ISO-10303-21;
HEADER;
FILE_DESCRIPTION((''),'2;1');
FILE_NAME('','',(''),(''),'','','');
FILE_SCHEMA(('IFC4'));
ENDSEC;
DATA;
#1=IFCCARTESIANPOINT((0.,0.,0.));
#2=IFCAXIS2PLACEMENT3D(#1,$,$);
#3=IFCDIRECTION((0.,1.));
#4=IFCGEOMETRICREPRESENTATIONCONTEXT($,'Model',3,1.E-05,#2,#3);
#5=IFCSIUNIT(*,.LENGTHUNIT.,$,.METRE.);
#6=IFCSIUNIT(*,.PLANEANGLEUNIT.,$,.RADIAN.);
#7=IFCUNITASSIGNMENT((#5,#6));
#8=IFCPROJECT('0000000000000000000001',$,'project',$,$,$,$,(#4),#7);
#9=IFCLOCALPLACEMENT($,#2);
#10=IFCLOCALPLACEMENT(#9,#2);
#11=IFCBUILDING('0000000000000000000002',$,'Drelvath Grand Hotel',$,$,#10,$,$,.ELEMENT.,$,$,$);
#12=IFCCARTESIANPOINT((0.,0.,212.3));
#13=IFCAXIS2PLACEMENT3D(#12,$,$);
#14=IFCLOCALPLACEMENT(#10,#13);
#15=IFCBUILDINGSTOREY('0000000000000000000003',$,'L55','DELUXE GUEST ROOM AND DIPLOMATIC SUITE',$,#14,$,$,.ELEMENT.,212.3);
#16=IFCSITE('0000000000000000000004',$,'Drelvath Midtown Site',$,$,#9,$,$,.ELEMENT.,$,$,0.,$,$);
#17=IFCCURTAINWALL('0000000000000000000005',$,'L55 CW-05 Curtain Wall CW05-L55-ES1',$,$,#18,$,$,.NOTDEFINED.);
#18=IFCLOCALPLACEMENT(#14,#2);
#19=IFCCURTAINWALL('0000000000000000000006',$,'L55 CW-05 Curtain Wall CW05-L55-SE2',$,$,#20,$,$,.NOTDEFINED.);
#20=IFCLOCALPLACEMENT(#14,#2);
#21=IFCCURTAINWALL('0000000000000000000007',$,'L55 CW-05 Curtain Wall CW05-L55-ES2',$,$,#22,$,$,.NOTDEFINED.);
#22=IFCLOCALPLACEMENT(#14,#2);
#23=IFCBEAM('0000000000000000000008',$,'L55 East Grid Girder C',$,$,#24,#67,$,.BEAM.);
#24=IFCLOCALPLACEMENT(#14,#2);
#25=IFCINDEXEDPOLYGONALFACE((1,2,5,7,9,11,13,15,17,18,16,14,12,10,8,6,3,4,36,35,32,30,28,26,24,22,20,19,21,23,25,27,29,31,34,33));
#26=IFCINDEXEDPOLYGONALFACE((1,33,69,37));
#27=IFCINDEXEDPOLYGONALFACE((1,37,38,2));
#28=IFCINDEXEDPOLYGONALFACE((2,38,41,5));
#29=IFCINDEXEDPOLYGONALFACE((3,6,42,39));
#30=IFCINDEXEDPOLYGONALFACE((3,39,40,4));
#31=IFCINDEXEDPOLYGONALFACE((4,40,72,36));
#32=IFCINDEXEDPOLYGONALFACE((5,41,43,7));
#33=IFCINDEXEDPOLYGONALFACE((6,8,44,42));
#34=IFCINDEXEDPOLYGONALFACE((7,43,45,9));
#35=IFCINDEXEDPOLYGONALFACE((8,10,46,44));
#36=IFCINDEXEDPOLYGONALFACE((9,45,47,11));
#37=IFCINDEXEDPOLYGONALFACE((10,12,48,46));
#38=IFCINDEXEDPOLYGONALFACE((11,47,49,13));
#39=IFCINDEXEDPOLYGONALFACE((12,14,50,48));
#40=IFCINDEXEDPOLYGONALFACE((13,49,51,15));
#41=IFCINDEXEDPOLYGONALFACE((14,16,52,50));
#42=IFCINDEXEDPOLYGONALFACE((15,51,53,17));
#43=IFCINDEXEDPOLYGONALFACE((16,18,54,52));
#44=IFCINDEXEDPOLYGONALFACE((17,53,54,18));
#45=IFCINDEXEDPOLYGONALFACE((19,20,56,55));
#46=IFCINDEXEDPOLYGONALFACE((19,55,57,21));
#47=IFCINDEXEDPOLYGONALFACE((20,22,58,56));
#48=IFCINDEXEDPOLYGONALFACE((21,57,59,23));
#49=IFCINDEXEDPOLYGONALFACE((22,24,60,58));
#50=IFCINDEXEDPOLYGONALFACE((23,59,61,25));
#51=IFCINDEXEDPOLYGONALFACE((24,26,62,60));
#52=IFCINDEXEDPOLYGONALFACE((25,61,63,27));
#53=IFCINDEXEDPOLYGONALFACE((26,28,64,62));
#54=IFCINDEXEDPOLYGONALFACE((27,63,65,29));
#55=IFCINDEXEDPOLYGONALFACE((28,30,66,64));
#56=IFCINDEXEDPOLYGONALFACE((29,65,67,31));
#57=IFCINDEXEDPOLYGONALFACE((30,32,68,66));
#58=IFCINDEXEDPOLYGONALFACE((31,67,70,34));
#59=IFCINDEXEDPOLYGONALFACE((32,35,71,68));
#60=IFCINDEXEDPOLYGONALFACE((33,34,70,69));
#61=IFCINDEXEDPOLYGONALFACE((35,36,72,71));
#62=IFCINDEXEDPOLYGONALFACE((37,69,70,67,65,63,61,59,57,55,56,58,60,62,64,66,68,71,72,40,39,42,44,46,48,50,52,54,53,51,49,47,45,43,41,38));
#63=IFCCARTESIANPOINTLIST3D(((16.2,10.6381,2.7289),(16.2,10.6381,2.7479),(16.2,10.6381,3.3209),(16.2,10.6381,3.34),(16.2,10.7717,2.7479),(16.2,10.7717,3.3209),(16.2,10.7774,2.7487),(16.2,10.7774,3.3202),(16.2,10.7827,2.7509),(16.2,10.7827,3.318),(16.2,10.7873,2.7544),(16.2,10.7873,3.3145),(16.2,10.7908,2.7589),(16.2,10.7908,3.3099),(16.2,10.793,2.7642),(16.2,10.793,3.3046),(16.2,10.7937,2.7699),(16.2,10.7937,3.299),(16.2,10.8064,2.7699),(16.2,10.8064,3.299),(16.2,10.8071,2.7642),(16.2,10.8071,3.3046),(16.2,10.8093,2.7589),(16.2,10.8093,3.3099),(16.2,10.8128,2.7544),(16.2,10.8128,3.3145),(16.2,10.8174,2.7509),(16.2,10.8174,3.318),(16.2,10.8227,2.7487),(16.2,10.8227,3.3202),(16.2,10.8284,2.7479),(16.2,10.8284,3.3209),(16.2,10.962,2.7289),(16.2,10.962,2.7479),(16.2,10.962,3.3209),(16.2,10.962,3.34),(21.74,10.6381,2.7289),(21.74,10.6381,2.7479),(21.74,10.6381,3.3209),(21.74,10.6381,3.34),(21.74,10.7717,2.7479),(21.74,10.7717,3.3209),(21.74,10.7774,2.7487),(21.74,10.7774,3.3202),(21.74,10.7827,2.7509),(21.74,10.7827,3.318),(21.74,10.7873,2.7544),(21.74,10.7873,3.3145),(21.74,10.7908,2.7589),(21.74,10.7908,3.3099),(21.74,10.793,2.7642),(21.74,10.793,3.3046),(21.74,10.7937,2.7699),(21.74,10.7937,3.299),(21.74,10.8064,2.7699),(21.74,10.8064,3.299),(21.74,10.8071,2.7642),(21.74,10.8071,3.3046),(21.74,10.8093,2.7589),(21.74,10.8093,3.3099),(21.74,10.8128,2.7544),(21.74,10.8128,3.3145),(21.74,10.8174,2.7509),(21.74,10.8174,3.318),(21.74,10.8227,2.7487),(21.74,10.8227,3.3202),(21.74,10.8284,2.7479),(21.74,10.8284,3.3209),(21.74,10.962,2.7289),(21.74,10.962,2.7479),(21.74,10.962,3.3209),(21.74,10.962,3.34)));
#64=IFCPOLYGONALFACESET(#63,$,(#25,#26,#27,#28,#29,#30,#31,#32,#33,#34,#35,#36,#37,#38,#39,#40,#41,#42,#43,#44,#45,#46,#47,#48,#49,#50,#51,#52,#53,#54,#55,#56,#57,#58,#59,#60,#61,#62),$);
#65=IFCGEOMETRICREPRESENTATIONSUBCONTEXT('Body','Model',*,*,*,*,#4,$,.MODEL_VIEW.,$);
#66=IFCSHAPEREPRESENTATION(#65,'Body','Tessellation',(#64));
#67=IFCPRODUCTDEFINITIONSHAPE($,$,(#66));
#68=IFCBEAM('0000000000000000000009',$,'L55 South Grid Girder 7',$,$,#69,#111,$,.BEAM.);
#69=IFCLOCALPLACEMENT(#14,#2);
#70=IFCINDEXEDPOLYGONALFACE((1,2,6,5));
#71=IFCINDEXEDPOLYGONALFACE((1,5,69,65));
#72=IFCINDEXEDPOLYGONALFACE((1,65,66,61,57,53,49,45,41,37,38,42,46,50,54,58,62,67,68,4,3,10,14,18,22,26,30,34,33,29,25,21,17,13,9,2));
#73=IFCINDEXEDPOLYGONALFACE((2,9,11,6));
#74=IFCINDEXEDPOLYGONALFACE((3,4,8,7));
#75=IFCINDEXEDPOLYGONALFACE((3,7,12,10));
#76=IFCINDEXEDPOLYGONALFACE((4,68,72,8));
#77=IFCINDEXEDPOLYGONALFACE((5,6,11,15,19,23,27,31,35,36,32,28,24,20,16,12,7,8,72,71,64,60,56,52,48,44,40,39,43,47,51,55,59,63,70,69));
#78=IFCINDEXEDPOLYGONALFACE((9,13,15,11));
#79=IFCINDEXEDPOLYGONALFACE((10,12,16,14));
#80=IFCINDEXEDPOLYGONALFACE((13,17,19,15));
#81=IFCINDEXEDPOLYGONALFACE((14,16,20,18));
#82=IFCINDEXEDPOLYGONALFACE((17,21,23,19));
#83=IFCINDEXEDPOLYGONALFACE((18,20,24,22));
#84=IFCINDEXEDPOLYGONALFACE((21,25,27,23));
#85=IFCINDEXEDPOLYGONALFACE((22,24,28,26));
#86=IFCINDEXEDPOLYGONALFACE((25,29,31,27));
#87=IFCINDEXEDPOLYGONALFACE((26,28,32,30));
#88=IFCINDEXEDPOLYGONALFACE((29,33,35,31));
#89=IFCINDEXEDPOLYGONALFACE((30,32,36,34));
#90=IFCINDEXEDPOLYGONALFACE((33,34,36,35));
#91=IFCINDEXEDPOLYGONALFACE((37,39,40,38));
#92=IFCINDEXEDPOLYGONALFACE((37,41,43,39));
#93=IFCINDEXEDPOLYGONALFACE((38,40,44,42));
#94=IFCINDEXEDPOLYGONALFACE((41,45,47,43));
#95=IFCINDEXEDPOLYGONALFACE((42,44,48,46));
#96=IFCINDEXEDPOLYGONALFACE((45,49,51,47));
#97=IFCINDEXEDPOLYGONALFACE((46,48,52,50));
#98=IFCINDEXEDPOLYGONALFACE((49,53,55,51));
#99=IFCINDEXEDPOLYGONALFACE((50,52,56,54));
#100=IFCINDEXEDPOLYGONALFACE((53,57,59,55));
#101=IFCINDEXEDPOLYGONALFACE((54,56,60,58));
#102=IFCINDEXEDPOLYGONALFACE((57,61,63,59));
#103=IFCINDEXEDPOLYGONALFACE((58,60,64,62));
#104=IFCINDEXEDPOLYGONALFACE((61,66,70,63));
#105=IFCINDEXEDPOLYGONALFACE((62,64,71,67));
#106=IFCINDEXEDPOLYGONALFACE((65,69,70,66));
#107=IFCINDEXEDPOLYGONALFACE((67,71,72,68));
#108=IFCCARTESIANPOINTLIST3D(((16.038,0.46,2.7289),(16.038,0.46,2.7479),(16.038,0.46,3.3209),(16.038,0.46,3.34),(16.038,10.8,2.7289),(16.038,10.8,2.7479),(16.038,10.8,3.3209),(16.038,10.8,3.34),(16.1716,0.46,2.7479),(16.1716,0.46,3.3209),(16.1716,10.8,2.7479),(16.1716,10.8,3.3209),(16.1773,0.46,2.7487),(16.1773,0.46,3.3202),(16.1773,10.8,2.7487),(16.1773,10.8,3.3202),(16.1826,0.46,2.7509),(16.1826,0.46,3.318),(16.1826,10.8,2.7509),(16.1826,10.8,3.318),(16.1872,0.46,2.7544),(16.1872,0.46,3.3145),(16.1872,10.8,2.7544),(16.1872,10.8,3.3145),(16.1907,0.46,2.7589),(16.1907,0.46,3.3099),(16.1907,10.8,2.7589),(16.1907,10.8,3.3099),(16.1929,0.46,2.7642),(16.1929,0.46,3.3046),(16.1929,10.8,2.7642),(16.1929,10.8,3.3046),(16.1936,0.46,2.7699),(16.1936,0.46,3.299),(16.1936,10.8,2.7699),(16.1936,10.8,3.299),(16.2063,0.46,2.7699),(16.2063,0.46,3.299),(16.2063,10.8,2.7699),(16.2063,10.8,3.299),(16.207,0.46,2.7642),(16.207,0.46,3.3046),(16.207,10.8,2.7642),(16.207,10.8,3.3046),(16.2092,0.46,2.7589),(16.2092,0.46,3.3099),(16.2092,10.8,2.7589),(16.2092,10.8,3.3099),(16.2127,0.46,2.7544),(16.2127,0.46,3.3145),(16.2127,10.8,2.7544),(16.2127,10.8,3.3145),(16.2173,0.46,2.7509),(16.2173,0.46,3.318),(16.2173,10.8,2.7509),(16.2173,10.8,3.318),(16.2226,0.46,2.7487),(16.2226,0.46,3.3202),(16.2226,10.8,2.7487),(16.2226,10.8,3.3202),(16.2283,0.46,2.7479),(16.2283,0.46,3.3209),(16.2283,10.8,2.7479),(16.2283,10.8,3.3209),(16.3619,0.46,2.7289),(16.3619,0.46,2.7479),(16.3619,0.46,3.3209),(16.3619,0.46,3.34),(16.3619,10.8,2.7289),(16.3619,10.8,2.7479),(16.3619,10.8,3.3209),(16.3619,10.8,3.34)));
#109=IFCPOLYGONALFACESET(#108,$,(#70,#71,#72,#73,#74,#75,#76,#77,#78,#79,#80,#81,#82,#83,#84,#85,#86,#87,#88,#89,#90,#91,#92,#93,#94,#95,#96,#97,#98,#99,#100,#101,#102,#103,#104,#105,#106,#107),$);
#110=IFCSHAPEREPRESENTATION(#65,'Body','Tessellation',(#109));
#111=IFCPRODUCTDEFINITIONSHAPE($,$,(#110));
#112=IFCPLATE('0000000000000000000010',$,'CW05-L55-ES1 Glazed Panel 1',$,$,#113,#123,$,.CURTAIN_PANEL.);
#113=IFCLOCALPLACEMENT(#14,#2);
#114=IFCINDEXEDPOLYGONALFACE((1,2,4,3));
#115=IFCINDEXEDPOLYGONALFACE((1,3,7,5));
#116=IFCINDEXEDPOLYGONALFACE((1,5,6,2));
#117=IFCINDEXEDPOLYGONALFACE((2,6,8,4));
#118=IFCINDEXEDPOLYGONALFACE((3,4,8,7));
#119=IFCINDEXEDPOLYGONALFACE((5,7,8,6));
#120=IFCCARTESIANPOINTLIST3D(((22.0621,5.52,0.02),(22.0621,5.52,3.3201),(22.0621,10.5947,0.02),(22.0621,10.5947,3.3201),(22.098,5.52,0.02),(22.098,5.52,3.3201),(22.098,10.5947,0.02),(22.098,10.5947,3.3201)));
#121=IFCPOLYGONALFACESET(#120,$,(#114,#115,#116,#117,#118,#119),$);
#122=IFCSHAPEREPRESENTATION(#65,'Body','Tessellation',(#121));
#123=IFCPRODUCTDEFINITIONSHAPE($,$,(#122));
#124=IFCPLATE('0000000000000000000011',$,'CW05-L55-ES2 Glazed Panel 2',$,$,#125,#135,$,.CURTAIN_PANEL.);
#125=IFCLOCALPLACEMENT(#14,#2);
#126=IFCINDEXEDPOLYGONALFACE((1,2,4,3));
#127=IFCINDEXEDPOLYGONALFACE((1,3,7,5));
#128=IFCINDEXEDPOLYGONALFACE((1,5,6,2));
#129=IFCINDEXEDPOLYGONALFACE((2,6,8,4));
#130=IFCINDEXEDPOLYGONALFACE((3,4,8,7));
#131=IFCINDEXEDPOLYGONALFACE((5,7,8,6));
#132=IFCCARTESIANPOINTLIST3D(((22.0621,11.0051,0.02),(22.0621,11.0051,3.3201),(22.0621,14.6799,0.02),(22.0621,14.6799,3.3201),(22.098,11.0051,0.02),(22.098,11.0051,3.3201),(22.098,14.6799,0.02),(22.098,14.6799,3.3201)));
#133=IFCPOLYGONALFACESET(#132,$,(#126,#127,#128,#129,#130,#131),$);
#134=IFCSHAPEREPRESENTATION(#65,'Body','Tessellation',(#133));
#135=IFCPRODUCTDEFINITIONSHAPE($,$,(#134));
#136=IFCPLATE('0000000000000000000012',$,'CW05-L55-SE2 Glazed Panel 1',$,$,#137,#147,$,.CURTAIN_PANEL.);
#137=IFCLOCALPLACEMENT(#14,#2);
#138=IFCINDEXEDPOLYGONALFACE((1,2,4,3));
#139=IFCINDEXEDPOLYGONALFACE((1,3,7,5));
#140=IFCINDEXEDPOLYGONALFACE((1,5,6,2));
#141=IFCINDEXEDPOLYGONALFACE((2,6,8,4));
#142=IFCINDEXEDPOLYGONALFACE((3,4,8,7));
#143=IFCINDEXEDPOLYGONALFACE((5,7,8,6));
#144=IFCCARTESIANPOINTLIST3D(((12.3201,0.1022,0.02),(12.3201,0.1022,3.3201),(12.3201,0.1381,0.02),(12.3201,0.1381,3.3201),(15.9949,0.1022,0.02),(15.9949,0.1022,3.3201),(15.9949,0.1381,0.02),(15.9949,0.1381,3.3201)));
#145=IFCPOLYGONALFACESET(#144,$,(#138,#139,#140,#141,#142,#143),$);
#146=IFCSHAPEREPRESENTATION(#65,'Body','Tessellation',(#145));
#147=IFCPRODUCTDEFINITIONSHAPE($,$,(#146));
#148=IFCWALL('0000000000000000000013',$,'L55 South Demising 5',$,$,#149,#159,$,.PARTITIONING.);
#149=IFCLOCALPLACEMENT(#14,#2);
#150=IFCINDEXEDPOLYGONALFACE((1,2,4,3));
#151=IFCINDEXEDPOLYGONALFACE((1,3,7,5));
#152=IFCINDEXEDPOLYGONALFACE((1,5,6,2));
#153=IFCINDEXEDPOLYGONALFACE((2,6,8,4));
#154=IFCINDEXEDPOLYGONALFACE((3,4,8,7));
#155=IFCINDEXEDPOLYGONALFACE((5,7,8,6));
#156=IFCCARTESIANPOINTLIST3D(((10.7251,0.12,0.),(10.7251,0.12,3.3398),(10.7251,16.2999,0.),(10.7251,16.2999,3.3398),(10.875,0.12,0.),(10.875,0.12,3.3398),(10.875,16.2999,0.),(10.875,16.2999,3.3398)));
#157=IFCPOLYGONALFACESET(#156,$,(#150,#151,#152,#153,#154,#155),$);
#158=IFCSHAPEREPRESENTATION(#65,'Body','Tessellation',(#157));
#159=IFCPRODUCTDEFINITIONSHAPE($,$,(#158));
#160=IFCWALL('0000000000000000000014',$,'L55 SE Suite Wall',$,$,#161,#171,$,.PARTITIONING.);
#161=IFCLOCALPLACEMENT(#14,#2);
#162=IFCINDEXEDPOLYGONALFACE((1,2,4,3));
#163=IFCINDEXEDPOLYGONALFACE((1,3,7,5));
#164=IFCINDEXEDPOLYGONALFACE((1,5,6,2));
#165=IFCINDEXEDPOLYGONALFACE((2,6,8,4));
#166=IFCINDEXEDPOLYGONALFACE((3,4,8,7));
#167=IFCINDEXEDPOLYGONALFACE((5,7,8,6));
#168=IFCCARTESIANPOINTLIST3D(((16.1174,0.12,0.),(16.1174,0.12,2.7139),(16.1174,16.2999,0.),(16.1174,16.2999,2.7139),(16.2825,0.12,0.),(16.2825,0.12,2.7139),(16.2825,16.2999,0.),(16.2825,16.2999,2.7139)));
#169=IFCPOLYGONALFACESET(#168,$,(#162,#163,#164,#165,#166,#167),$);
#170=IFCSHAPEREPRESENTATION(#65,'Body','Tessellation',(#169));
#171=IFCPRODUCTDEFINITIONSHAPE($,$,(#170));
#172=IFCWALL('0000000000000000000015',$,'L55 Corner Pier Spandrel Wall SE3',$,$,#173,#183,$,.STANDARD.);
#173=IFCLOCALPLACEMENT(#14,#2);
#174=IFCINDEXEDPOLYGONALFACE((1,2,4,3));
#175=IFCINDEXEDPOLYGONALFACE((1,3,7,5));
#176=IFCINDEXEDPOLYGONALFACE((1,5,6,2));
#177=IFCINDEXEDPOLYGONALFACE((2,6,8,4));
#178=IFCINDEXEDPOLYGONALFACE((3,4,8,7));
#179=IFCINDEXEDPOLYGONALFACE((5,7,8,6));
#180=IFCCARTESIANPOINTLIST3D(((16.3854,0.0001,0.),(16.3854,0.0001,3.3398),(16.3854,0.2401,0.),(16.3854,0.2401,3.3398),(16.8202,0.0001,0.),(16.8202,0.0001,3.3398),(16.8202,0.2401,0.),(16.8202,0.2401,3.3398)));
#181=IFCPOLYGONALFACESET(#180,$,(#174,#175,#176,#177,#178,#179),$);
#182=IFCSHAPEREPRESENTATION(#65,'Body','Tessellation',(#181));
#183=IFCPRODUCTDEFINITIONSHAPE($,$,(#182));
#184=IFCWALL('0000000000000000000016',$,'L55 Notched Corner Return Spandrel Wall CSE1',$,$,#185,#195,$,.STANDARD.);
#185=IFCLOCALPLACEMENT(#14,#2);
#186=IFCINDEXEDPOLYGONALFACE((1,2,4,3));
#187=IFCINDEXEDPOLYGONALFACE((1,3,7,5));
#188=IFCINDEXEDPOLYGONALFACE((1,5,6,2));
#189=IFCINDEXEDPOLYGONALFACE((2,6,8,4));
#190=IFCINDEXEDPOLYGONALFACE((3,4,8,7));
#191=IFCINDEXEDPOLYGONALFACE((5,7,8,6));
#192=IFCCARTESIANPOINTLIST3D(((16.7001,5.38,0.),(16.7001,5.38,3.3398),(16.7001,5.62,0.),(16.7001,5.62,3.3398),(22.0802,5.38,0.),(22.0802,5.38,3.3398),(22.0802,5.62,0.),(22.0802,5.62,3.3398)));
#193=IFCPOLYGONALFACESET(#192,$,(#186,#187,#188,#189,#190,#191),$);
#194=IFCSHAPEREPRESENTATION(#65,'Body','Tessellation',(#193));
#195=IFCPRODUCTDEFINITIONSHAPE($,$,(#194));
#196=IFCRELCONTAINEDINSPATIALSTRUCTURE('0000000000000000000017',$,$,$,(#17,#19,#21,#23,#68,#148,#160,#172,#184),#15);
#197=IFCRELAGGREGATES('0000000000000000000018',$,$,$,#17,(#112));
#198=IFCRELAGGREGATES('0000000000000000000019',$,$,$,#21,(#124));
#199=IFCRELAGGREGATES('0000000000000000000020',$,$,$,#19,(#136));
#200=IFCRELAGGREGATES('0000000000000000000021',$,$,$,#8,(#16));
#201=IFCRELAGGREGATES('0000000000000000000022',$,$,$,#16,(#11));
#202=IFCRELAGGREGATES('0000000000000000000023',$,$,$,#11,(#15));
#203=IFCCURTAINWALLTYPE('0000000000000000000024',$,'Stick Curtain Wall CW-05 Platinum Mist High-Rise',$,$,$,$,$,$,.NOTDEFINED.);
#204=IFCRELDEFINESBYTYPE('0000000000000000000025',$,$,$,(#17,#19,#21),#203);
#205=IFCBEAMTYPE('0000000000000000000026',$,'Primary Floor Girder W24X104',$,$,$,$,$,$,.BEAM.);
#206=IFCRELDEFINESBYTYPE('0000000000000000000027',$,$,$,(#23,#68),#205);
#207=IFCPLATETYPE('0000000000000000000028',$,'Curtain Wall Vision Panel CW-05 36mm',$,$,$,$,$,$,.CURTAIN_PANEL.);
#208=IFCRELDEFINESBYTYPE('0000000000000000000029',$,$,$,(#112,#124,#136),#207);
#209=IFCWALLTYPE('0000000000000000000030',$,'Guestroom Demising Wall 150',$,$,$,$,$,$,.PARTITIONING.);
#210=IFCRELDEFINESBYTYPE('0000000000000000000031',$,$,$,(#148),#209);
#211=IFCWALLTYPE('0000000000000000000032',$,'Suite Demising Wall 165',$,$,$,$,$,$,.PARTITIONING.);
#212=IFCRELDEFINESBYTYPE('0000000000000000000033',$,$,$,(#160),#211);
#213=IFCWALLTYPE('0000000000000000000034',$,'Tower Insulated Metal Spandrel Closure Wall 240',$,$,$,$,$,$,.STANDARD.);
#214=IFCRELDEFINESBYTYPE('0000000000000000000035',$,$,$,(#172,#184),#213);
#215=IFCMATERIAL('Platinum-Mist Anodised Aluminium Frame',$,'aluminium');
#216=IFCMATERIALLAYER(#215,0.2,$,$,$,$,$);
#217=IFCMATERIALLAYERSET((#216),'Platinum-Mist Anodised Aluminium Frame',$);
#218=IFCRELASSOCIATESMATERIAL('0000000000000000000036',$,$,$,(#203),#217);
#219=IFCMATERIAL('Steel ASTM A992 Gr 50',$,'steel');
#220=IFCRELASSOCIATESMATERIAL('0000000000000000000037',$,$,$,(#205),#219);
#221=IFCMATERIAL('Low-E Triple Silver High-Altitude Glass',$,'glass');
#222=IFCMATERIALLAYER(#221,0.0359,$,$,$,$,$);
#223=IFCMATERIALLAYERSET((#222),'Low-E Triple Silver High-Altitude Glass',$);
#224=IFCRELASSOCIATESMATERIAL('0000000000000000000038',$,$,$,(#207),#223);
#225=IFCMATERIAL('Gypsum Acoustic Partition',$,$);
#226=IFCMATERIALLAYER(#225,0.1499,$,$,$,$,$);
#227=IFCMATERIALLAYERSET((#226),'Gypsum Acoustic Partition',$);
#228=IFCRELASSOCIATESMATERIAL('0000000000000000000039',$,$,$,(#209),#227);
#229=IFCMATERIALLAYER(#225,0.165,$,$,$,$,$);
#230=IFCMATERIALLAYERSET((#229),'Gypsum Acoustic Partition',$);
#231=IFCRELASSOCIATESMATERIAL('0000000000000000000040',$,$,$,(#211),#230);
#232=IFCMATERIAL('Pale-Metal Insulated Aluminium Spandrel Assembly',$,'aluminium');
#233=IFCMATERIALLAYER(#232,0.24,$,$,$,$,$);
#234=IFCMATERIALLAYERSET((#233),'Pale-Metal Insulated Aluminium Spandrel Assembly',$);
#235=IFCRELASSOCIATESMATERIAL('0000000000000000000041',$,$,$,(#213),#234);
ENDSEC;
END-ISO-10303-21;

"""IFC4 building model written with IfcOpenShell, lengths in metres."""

from ifc_helpers import new_model, si_unit, direction, frame, frame_2d, origin, origin_2d, place, context, subcontext, project, spatial, rectangle, i_section, extrude, material, layer, layer_set, material_profile, profile_set, type_object, element, aggregate, save


model = new_model("IFC4")

# Units and contexts
model_context = context("Model", 3, precision=1e-05, world=origin(), true_north=direction((0.0, 1.0)))
body_context = subcontext(model_context, "Body", "Model", "MODEL_VIEW")
ifc_project = project(units=[si_unit("LENGTHUNIT", "METRE"), si_unit("PLANEANGLEUNIT", "RADIAN")], contexts=[model_context])

# Site, building, storey
site_placement = place(None, origin())
site = spatial("IfcSite", under=ifc_project, at=site_placement, Name="Drelvath Midtown Site", CompositionType="ELEMENT", RefElevation=0.0)
building_placement = place(site_placement, origin())
building = spatial("IfcBuilding", under=site, at=building_placement, Name="Drelvath Grand Hotel", CompositionType="ELEMENT")
storey_placement = place(building_placement, frame((0.0, 0.0, 212.3)))
storey = spatial("IfcBuildingStorey", under=building, at=storey_placement, Name="L55", Description="DELUXE GUEST ROOM AND DIPLOMATIC SUITE", CompositionType="ELEMENT", Elevation=212.3)

# Shared definitions
ifc_material_1 = material(Name="Steel ASTM A992 Gr 50", Category="steel")

# Curtain walls
ifc_material_2 = material(Name="Platinum-Mist Anodised Aluminium Frame", Category="aluminium")
ifc_layer_1 = layer(ifc_material_2, 0.2)
ifc_layer_set_1 = layer_set([ifc_layer_1], Name="Platinum-Mist Anodised Aluminium Frame")
curtain_wall_type = type_object("IfcCurtainWallType", Name="Stick Curtain Wall CW-05 Platinum Mist High-Rise", PredefinedType="NOTDEFINED", material=ifc_layer_set_1)
curtain_wall_1_placement = place(storey_placement, origin())
curtain_wall_1 = element("IfcCurtainWall", 1, at=curtain_wall_1_placement, inside=storey, type_object=curtain_wall_type, Name="L55 CW-05 Curtain Wall CW05-L55-ES1", PredefinedType="NOTDEFINED")
curtain_wall_2_placement = place(storey_placement, origin())
curtain_wall_2 = element("IfcCurtainWall", 2, at=curtain_wall_2_placement, inside=storey, type_object=curtain_wall_type, Name="L55 CW-05 Curtain Wall CW05-L55-SE2", PredefinedType="NOTDEFINED")

# Curtain wall
curtain_wall_3_placement = place(storey_placement, origin())
curtain_wall_3 = element("IfcCurtainWall", 3, at=curtain_wall_3_placement, inside=storey, type_object=curtain_wall_type, Name="L55 CW-05 Curtain Wall CW05-L55-ES2", PredefinedType="NOTDEFINED")

# Beams
ifc_material_profile_1 = material_profile(ifc_material_1, i_section(OverallWidth=0.324, OverallDepth=0.6111, WebThickness=0.0127, FlangeThickness=0.019, FilletRadius=0.022, at=origin_2d()), Name="W24X104")
ifc_profile_set_1 = profile_set([ifc_material_profile_1], Name="Steel ASTM A992 Gr 50")
beam_type_1 = type_object("IfcBeamType", Name="Primary Floor Girder W24X104", PredefinedType="BEAM", material=ifc_profile_set_1)
beam_1_placement = place(storey_placement, frame((16.2, 10.8, 3.0344), z_axis=(1.0, 0.0, 0.0), x_axis=(0.0, 1.0, 0.0)))
element("IfcBeam", 4, at=beam_1_placement, inside=storey, type_object=beam_type_1, Name="L55 East Grid Girder C", PredefinedType="BEAM", context=body_context, shape_type="SweptSolid", body=[
    extrude(i_section(OverallWidth=0.324, OverallDepth=0.6111, WebThickness=0.0127, FlangeThickness=0.019, FilletRadius=0.022, at=origin_2d()), origin(), (0.0, 0.0, 1.0), 5.54),
])
beam_2_placement = place(storey_placement, frame((16.2, 0.46, 3.0344), z_axis=(0.0, 1.0, 0.0), x_axis=(-1.0, 0.0, 0.0)))
element("IfcBeam", 5, at=beam_2_placement, inside=storey, type_object=beam_type_1, Name="L55 South Grid Girder 7", PredefinedType="BEAM", context=body_context, shape_type="SweptSolid", body=[
    extrude(i_section(OverallWidth=0.324, OverallDepth=0.6111, WebThickness=0.0127, FlangeThickness=0.019, FilletRadius=0.022, at=origin_2d()), origin(), (0.0, 0.0, 1.0), 10.3401),
])

# Plates
ifc_material_3 = material(Name="Low-E Triple Silver High-Altitude Glass", Category="glass")
ifc_layer_2 = layer(ifc_material_3, 0.0359)
ifc_layer_set_2 = layer_set([ifc_layer_2], Name="Low-E Triple Silver High-Altitude Glass")
plate_type = type_object("IfcPlateType", Name="Curtain Wall Vision Panel CW-05 36mm", PredefinedType="CURTAIN_PANEL", material=ifc_layer_set_2)
plate_1_placement = place(storey_placement, frame((22.0801, 8.0574, 0.02), z_axis=(0.0, 0.0, 1.0), x_axis=(0.0, -1.0, 0.0)))
plate_1 = element("IfcPlate", 6, at=plate_1_placement, type_object=plate_type, Name="CW05-L55-ES1 Glazed Panel 1", PredefinedType="CURTAIN_PANEL", context=body_context, shape_type="SweptSolid", body=[
    extrude(rectangle(XDim=5.0747, YDim=0.0359, at=origin_2d()), origin(), (0.0, 0.0, 1.0), 3.3),
])
aggregate(curtain_wall_1, [plate_1])
plate_2_placement = place(storey_placement, frame((22.0801, 12.8425, 0.02), z_axis=(0.0, 0.0, 1.0), x_axis=(0.0, -1.0, 0.0)))
plate_2 = element("IfcPlate", 7, at=plate_2_placement, type_object=plate_type, Name="CW05-L55-ES2 Glazed Panel 2", PredefinedType="CURTAIN_PANEL", context=body_context, shape_type="SweptSolid", body=[
    extrude(rectangle(XDim=3.6748, YDim=0.0359, at=origin_2d()), origin(), (0.0, 0.0, 1.0), 3.3),
])
aggregate(curtain_wall_3, [plate_2])
plate_3_placement = place(storey_placement, frame((14.1575, 0.1201, 0.02), z_axis=(0.0, 0.0, 1.0), x_axis=(-1.0, 0.0, 0.0)))
plate_3 = element("IfcPlate", 8, at=plate_3_placement, type_object=plate_type, Name="CW05-L55-SE2 Glazed Panel 1", PredefinedType="CURTAIN_PANEL", context=body_context, shape_type="SweptSolid", body=[
    extrude(rectangle(XDim=3.6748, YDim=0.0359, at=origin_2d()), origin(), (0.0, 0.0, 1.0), 3.3),
])
aggregate(curtain_wall_2, [plate_3])

# Walls
ifc_material_4 = material(Name="Gypsum Acoustic Partition")
ifc_layer_3 = layer(ifc_material_4, 0.1499)
ifc_layer_set_3 = layer_set([ifc_layer_3], Name="Gypsum Acoustic Partition")
wall_type_1 = type_object("IfcWallType", Name="Guestroom Demising Wall 150", PredefinedType="PARTITIONING", material=ifc_layer_set_3)
wall_1_placement = place(storey_placement, frame((10.8, 0.1201, 0.0), z_axis=(0.0, 0.0, 1.0), x_axis=(0.0, 1.0, 0.0)))
element("IfcWall", 9, at=wall_1_placement, inside=storey, type_object=wall_type_1, Name="L55 South Demising 5", PredefinedType="PARTITIONING", context=body_context, shape_type="SweptSolid", body=[
    extrude(rectangle(XDim=16.1799, YDim=0.1499, at=frame_2d((8.0898, 0.0))), origin(), (0.0, 0.0, 1.0), 3.3398),
])
ifc_layer_4 = layer(ifc_material_4, 0.165)
ifc_layer_set_4 = layer_set([ifc_layer_4], Name="Gypsum Acoustic Partition")
wall_type_2 = type_object("IfcWallType", Name="Suite Demising Wall 165", PredefinedType="PARTITIONING", material=ifc_layer_set_4)
wall_2_placement = place(storey_placement, frame((16.2, 0.1201, 0.0), z_axis=(0.0, 0.0, 1.0), x_axis=(0.0, 1.0, 0.0)))
element("IfcWall", 10, at=wall_2_placement, inside=storey, type_object=wall_type_2, Name="L55 SE Suite Wall", PredefinedType="PARTITIONING", context=body_context, shape_type="SweptSolid", body=[
    extrude(rectangle(XDim=16.1799, YDim=0.165, at=frame_2d((8.0898, 0.0))), origin(), (0.0, 0.0, 1.0), 2.7139),
])
ifc_material_5 = material(Name="Pale-Metal Insulated Aluminium Spandrel Assembly", Category="aluminium")
ifc_layer_5 = layer(ifc_material_5, 0.24)
ifc_layer_set_5 = layer_set([ifc_layer_5], Name="Pale-Metal Insulated Aluminium Spandrel Assembly")
wall_type_3 = type_object("IfcWallType", Name="Tower Insulated Metal Spandrel Closure Wall 240", PredefinedType="STANDARD", material=ifc_layer_set_5)
wall_3_placement = place(storey_placement, frame((16.8201, 0.1201, 0.0), z_axis=(0.0, 0.0, 1.0), x_axis=(-1.0, 0.0, 0.0)))
element("IfcWall", 11, at=wall_3_placement, inside=storey, type_object=wall_type_3, Name="L55 Corner Pier Spandrel Wall SE3", PredefinedType="STANDARD", context=body_context, shape_type="SweptSolid", body=[
    extrude(rectangle(XDim=0.4348, YDim=0.24, at=frame_2d((0.2173, 0.0))), origin(), (0.0, 0.0, 1.0), 3.3398),
])
wall_4_placement = place(storey_placement, frame((22.0801, 5.5, 0.0), z_axis=(0.0, 0.0, 1.0), x_axis=(-1.0, 0.0, 0.0)))
element("IfcWall", 12, at=wall_4_placement, inside=storey, type_object=wall_type_3, Name="L55 Notched Corner Return Spandrel Wall CSE1", PredefinedType="STANDARD", context=body_context, shape_type="SweptSolid", body=[
    extrude(rectangle(XDim=5.3801, YDim=0.24, at=frame_2d((2.6899, 0.0))), origin(), (0.0, 0.0, 1.0), 3.3398),
])

save(model, "model.ifc")
